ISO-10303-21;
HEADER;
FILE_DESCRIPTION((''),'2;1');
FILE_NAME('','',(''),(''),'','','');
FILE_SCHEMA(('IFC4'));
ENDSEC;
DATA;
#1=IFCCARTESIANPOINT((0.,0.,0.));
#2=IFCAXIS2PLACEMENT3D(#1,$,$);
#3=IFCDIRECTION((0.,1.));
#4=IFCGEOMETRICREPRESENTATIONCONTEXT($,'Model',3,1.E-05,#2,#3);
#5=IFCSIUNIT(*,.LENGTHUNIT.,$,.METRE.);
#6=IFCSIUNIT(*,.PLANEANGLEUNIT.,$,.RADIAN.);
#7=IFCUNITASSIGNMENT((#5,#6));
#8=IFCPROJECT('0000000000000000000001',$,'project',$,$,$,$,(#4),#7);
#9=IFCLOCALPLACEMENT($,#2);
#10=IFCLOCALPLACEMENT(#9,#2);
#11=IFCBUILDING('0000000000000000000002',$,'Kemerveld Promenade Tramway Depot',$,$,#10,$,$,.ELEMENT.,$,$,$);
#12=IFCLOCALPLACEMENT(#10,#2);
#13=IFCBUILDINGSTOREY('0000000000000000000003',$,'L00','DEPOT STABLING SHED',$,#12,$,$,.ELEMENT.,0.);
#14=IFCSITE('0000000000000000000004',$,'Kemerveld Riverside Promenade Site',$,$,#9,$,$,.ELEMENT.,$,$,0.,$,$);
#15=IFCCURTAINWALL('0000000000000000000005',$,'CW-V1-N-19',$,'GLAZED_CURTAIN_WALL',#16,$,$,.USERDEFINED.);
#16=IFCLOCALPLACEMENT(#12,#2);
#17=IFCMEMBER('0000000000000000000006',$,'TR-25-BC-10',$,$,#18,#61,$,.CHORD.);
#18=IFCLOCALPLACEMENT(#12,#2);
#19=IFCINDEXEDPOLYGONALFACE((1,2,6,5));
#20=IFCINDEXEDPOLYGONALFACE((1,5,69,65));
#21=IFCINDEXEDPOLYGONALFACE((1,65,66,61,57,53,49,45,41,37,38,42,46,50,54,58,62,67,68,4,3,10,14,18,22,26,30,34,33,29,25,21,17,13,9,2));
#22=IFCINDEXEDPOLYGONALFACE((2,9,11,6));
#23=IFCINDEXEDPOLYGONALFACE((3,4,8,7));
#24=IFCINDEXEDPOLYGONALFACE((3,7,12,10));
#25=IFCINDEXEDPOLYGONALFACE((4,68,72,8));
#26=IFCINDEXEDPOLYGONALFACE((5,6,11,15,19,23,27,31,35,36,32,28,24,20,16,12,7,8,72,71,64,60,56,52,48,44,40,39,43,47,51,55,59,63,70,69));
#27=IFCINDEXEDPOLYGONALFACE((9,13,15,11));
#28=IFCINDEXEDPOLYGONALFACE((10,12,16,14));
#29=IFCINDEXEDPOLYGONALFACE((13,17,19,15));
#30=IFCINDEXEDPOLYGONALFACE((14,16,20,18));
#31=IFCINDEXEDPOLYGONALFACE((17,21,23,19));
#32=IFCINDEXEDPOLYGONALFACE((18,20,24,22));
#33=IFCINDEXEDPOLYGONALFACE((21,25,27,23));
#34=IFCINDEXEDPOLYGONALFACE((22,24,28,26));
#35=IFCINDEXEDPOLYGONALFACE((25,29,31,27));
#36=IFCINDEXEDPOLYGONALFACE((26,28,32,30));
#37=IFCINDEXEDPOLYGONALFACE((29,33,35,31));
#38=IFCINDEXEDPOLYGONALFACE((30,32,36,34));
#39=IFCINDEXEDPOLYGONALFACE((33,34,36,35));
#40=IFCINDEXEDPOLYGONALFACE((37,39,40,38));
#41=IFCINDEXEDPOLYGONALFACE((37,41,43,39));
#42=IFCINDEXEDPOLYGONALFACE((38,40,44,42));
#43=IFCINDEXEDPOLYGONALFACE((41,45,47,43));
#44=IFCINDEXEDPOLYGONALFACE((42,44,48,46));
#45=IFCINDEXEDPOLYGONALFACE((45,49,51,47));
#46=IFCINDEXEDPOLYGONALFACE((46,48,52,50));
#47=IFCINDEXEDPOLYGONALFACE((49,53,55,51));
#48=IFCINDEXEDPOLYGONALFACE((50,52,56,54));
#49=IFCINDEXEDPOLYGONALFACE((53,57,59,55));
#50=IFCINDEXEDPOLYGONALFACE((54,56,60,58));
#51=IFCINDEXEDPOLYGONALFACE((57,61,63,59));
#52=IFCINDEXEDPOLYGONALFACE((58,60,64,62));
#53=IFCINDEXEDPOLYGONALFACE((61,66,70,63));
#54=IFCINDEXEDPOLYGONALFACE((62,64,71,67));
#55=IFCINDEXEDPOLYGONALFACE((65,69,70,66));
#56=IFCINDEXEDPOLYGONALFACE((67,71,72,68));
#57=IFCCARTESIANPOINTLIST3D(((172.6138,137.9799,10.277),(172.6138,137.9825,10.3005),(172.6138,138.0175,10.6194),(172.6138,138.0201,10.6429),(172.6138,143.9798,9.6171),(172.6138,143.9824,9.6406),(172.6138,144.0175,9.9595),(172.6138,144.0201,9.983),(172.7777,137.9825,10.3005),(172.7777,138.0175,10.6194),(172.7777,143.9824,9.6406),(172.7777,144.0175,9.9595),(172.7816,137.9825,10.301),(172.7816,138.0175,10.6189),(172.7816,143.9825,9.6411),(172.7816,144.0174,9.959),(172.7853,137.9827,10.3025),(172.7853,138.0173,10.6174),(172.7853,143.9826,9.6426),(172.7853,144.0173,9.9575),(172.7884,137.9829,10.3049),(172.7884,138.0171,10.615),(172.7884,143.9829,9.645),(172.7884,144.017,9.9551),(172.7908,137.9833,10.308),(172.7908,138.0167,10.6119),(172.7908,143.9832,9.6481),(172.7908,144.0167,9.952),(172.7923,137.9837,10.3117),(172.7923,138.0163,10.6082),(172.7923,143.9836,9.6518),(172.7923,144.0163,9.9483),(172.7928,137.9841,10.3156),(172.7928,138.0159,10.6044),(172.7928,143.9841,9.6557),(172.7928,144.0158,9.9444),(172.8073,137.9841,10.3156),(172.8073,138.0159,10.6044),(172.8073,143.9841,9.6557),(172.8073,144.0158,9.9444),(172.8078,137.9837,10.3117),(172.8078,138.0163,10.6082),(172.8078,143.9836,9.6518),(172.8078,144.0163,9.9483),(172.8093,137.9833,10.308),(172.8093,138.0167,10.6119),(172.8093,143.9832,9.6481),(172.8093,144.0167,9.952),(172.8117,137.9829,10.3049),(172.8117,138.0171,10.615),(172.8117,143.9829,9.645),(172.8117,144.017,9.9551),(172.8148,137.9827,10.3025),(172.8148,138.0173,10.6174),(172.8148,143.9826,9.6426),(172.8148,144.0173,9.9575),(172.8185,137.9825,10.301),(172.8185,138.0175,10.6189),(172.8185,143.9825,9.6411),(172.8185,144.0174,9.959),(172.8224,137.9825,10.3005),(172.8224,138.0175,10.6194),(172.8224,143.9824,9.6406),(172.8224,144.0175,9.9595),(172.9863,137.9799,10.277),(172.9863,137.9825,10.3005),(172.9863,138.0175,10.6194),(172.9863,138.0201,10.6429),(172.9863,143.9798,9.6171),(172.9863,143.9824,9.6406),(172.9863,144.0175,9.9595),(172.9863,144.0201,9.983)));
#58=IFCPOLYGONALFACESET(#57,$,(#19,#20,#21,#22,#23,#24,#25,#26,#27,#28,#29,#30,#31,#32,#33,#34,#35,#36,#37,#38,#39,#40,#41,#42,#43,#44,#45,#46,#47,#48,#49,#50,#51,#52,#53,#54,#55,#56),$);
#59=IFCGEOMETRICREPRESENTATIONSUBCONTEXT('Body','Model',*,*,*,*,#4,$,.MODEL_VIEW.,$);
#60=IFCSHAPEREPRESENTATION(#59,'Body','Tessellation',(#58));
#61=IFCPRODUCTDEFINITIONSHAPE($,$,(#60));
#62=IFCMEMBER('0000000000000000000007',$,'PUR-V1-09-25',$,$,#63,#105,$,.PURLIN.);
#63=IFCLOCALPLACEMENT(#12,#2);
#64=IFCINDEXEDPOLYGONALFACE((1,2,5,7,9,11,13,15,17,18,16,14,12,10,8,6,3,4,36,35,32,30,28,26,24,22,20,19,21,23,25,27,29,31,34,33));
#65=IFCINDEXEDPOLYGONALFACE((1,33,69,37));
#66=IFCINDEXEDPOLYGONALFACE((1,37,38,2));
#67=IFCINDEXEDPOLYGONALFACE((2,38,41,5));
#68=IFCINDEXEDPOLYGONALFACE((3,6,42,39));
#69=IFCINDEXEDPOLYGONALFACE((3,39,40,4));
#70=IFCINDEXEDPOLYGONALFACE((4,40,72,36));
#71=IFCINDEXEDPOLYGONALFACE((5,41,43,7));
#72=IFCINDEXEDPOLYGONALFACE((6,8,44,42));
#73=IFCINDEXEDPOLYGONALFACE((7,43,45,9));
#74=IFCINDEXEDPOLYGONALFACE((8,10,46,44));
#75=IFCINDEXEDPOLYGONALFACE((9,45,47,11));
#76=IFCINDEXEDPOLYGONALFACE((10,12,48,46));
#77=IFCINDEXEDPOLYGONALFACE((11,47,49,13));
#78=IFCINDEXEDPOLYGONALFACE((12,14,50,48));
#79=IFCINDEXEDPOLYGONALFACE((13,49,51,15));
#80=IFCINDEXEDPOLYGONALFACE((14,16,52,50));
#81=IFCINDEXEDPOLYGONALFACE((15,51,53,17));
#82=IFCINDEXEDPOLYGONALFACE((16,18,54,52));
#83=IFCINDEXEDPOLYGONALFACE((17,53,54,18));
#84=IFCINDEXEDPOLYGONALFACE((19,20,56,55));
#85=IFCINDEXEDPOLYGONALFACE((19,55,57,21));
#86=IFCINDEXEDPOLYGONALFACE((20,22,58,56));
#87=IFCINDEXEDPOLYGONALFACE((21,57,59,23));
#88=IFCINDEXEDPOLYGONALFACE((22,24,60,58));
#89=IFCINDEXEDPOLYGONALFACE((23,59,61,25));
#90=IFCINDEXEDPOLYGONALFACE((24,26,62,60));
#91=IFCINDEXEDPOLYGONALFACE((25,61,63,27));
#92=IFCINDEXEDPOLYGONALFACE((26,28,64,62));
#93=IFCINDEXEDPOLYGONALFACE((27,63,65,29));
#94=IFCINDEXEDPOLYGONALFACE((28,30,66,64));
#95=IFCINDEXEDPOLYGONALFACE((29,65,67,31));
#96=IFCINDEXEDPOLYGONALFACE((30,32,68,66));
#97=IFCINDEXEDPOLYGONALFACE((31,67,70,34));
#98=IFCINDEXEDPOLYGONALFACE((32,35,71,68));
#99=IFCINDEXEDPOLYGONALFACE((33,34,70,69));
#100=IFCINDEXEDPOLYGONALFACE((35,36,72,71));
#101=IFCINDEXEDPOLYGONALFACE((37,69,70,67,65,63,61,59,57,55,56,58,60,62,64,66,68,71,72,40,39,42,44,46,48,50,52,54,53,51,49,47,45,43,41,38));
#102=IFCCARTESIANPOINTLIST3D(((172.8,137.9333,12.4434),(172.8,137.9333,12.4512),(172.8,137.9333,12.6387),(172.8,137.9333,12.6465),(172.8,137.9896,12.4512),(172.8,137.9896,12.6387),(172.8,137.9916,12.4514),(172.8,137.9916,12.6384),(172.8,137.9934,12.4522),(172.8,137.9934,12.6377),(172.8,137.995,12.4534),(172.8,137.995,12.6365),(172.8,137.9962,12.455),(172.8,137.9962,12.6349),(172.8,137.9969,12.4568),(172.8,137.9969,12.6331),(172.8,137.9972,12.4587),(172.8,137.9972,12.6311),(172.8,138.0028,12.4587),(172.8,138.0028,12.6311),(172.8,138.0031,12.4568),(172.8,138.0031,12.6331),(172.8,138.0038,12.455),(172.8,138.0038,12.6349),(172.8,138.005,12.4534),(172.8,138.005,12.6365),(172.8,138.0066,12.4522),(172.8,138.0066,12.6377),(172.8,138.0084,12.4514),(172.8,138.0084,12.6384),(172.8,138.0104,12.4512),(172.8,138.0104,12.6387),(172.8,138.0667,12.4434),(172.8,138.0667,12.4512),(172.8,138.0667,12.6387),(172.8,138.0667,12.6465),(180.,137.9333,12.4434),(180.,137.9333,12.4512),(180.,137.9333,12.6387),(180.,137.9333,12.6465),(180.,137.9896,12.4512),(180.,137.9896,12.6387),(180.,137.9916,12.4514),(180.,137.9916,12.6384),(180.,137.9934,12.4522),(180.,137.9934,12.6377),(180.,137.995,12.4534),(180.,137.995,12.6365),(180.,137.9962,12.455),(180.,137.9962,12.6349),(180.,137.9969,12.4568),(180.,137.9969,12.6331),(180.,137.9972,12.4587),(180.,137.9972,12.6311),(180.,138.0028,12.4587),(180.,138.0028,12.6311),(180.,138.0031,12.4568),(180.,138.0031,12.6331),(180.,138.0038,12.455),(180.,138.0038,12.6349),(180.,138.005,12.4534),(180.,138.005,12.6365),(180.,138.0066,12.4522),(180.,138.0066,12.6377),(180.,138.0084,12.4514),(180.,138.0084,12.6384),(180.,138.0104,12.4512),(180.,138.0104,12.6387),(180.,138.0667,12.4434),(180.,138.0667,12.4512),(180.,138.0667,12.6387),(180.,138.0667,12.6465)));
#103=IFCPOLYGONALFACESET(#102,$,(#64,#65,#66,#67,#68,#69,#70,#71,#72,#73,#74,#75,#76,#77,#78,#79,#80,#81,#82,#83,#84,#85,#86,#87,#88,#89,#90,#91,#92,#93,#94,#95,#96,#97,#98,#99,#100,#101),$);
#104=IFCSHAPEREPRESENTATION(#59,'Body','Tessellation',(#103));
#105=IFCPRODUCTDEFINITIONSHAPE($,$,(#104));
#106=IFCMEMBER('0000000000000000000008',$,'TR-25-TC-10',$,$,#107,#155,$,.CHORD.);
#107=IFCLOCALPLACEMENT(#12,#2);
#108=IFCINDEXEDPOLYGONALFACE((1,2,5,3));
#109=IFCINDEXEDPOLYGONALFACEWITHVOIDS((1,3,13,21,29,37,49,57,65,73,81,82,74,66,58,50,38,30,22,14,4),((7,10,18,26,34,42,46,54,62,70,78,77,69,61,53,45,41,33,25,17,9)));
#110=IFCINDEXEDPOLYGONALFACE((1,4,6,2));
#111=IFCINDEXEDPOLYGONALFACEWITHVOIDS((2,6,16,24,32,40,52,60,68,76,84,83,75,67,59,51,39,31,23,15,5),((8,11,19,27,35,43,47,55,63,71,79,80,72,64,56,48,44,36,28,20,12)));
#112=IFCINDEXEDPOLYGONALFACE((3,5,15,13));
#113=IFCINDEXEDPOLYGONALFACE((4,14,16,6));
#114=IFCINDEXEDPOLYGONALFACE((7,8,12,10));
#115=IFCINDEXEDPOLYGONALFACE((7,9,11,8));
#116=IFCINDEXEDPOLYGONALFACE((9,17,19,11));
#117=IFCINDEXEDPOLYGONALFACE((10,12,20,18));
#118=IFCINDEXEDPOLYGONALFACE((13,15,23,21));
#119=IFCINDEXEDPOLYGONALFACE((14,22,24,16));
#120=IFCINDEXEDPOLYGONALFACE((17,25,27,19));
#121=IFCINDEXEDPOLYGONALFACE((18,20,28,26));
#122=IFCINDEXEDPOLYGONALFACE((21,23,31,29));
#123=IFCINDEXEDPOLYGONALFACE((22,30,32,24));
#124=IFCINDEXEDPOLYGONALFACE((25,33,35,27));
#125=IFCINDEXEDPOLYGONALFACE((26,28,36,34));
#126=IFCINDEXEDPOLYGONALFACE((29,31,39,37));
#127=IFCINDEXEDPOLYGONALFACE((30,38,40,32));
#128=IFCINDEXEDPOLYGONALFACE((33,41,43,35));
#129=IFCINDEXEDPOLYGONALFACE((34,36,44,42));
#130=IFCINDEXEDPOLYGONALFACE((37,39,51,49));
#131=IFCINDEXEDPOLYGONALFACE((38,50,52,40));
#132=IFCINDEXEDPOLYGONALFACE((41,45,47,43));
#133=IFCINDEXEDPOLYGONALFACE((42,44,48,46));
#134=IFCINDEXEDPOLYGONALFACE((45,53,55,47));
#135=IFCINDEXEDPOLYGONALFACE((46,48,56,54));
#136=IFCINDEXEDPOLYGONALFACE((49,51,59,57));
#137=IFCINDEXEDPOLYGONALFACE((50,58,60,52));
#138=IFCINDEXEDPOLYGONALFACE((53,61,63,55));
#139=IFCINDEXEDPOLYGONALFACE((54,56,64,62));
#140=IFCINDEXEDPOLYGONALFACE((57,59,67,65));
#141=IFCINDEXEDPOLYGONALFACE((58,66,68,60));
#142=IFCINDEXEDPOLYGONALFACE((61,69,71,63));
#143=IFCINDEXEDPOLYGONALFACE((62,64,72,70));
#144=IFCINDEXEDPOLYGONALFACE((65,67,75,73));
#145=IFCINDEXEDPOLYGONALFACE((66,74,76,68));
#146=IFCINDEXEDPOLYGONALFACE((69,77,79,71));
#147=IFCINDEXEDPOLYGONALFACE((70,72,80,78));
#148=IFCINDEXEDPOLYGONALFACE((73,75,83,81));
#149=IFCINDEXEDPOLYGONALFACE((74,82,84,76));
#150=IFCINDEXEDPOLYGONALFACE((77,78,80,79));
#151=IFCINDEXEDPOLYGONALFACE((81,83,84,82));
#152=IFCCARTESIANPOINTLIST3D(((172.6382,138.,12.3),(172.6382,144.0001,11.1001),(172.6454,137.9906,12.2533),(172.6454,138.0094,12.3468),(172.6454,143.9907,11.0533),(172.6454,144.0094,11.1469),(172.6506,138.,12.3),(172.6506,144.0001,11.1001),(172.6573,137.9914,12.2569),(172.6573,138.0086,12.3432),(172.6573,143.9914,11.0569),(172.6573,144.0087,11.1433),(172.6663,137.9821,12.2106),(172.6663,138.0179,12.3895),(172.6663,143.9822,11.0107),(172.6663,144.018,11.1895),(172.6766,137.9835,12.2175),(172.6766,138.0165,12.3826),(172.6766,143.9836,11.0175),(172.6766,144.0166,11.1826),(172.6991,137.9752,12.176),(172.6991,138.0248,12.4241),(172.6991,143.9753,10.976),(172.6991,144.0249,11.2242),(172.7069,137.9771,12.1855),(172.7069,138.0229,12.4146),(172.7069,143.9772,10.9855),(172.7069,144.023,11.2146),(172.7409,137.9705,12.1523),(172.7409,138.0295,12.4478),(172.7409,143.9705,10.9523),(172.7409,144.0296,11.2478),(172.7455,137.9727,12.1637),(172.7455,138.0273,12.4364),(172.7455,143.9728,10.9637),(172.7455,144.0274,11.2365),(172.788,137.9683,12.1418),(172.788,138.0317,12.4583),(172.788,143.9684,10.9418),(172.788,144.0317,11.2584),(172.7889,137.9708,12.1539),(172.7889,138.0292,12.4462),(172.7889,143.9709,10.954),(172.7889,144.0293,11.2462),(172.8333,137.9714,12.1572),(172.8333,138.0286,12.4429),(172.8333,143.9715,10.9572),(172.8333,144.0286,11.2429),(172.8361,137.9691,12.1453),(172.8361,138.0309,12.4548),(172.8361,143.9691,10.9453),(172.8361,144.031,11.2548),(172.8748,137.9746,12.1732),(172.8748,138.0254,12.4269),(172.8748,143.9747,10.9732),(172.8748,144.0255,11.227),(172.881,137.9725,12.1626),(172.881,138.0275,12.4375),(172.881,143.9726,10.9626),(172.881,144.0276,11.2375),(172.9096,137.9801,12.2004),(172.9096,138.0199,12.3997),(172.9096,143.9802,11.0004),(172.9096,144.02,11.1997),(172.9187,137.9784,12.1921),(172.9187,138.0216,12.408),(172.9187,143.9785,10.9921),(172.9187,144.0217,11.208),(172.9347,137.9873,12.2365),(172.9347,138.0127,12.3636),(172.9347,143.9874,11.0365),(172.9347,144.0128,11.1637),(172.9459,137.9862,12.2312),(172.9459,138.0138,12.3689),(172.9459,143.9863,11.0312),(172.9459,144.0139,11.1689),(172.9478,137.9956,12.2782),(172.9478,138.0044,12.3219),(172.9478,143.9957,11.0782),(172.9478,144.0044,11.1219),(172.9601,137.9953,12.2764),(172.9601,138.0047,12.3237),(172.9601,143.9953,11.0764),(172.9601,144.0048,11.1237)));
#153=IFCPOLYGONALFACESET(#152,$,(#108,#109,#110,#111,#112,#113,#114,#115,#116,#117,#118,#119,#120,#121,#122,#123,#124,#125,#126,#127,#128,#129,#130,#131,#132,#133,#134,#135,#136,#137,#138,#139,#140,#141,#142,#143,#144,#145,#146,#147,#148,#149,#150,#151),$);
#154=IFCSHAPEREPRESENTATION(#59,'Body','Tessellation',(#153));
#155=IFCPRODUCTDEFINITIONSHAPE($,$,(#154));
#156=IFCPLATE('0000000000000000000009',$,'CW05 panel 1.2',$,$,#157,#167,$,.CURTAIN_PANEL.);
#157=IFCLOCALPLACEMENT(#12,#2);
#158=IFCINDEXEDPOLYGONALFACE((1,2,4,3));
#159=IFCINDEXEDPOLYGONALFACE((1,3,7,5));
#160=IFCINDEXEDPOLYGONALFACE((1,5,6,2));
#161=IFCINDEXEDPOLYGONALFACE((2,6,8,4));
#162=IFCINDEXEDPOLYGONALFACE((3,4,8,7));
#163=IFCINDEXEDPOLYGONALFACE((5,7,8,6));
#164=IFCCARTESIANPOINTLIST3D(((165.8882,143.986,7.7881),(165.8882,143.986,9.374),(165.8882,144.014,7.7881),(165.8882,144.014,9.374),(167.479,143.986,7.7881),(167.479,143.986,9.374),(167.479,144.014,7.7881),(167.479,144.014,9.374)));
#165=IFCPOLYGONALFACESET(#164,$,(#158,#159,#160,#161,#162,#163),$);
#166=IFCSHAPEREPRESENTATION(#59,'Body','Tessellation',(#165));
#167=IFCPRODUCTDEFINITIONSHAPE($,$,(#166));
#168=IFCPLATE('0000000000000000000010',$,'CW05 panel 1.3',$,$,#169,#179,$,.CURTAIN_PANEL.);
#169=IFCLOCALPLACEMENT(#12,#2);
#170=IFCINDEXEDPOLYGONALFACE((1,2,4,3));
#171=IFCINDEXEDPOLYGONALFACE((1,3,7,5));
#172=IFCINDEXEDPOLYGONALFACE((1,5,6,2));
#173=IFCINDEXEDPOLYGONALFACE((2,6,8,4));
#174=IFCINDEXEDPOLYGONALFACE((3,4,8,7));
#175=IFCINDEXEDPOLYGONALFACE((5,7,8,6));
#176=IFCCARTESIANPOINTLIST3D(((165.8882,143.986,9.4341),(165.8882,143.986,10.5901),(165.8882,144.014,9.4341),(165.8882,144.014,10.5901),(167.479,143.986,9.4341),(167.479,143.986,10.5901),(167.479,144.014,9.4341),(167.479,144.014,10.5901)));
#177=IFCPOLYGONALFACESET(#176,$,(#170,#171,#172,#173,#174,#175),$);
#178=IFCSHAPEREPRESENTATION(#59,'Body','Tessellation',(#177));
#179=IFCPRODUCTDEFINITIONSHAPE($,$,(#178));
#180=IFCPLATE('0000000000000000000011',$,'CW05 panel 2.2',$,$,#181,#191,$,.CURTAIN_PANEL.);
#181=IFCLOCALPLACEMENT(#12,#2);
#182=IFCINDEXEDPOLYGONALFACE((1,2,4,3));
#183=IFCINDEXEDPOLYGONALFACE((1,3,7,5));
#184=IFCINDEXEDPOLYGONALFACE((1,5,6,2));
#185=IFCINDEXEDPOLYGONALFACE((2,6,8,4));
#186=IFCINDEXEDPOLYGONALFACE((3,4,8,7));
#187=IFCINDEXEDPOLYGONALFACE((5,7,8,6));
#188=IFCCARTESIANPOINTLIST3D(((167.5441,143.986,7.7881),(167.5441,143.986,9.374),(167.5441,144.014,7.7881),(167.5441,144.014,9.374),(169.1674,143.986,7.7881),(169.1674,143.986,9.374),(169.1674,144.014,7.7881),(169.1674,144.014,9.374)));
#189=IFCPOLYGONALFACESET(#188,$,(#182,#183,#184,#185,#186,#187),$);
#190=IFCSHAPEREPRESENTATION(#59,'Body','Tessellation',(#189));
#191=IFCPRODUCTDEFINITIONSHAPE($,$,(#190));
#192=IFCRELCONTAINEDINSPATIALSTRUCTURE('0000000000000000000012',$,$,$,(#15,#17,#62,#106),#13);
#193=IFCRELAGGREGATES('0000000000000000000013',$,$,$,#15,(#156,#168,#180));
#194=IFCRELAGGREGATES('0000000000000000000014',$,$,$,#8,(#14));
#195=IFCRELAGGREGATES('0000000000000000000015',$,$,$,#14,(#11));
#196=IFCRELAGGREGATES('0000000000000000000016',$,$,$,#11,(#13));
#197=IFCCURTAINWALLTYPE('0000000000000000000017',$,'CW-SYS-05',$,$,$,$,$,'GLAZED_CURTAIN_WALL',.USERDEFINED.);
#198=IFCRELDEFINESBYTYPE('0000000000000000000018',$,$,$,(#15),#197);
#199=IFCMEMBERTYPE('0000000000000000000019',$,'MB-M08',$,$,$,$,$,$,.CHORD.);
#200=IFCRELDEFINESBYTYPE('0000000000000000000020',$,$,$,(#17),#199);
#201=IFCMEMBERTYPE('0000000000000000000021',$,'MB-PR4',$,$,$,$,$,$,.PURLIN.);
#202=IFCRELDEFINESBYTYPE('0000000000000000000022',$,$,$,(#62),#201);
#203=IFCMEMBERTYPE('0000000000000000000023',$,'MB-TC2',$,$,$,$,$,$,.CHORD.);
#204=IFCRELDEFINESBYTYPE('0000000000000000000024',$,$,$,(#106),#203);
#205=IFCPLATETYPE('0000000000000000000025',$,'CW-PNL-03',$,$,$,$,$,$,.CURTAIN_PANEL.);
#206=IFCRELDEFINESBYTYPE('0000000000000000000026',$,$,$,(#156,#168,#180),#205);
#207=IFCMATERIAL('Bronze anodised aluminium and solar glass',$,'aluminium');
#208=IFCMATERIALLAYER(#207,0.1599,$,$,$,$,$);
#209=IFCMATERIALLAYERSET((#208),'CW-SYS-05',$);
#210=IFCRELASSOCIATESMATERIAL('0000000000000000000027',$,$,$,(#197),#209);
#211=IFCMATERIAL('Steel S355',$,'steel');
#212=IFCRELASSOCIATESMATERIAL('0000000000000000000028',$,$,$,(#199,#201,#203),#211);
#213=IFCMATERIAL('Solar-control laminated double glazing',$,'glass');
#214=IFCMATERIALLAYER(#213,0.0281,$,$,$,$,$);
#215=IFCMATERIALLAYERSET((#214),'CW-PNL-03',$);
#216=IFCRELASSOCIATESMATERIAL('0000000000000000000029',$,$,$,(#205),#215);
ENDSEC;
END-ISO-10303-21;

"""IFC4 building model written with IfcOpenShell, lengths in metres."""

from ifc_helpers import new_model, si_unit, direction, frame, origin, origin_2d, place, context, subcontext, project, spatial, rectangle, hollow_circle, i_section, extrude, material, layer, layer_set, material_profile, profile_set, type_object, element, aggregate, save


model = new_model("IFC4")

# Units and contexts
model_context = context("Model", 3, precision=1e-05, world=origin(), true_north=direction((0.0, 1.0)))
body_context = subcontext(model_context, "Body", "Model", "MODEL_VIEW")
ifc_project = project(units=[si_unit("LENGTHUNIT", "METRE"), si_unit("PLANEANGLEUNIT", "RADIAN")], contexts=[model_context])

# Site, building, storey
site_placement = place(None, origin())
site = spatial("IfcSite", under=ifc_project, at=site_placement, Name="Kemerveld Riverside Promenade Site", CompositionType="ELEMENT", RefElevation=0.0)
building_placement = place(site_placement, origin())
building = spatial("IfcBuilding", under=site, at=building_placement, Name="Kemerveld Promenade Tramway Depot", CompositionType="ELEMENT")
storey_placement = place(building_placement, origin())
storey = spatial("IfcBuildingStorey", under=building, at=storey_placement, Name="L00", Description="DEPOT STABLING SHED", CompositionType="ELEMENT", Elevation=0.0)

# Shared definitions
ifc_material_1 = material(Name="Steel S355", Category="steel")

# Curtain wall
ifc_material_2 = material(Name="Bronze anodised aluminium and solar glass", Category="aluminium")
ifc_layer_1 = layer(ifc_material_2, 0.1599)
ifc_layer_set_1 = layer_set([ifc_layer_1], Name="CW-SYS-05")
curtain_wall_type_1 = type_object("IfcCurtainWallType", Name="CW-SYS-05", ElementType="GLAZED_CURTAIN_WALL", PredefinedType="USERDEFINED", material=ifc_layer_set_1)
curtain_wall_1_placement = place(storey_placement, origin())
curtain_wall_1 = element("IfcCurtainWall", 1, at=curtain_wall_1_placement, inside=storey, type_object=curtain_wall_type_1, Name="CW-V1-N-19", ObjectType="GLAZED_CURTAIN_WALL", PredefinedType="USERDEFINED")

# Members
ifc_material_profile_1 = material_profile(ifc_material_1, i_section(OverallWidth=0.3726, OverallDepth=0.3682, WebThickness=0.0144, FlangeThickness=0.0237, FilletRadius=0.0151, at=origin_2d()), Name="356x368x177 UC")
ifc_profile_set_1 = profile_set([ifc_material_profile_1], Name="Steel S355")
member_type_1 = type_object("IfcMemberType", Name="MB-M08", PredefinedType="CHORD", material=ifc_profile_set_1)
member_1_placement = place(storey_placement, frame((172.8, 138.0, 10.46), z_axis=(0.0, 0.994006, -0.109326), x_axis=(-1.0, 0.0, 0.0)))
element("IfcMember", 2, at=member_1_placement, inside=storey, type_object=member_type_1, Name="TR-25-BC-10", PredefinedType="CHORD", context=body_context, shape_type="SweptSolid", body=[
    extrude(i_section(OverallWidth=0.3726, OverallDepth=0.3682, WebThickness=0.0144, FlangeThickness=0.0237, FilletRadius=0.0151, at=origin_2d()), origin(), (0.0, 0.0, 1.0), 6.0361),
])
ifc_material_profile_2 = material_profile(ifc_material_1, i_section(OverallWidth=0.1333, OverallDepth=0.2031, WebThickness=0.0056, FlangeThickness=0.0078, FilletRadius=0.0076, at=origin_2d()), Name="203x133x25 UB")
ifc_profile_set_2 = profile_set([ifc_material_profile_2], Name="Steel S355")
member_type_2 = type_object("IfcMemberType", Name="MB-PR4", PredefinedType="PURLIN", material=ifc_profile_set_2)
member_2_placement = place(storey_placement, frame((172.8, 138.0, 12.5449), z_axis=(1.0, 0.0, 0.0), x_axis=(0.0, 1.0, 0.0)))
element("IfcMember", 3, at=member_2_placement, inside=storey, type_object=member_type_2, Name="PUR-V1-09-25", PredefinedType="PURLIN", context=body_context, shape_type="SweptSolid", body=[
    extrude(i_section(OverallWidth=0.1333, OverallDepth=0.2031, WebThickness=0.0056, FlangeThickness=0.0078, FilletRadius=0.0076, at=origin_2d()), origin(), (0.0, 0.0, 1.0), 7.2),
])
ifc_material_profile_3 = material_profile(ifc_material_1, hollow_circle(Radius=0.1619, WallThickness=0.0125, at=origin_2d()), Name="323.9x12.5 CHS")
ifc_profile_set_3 = profile_set([ifc_material_profile_3], Name="Steel S355")
member_type_3 = type_object("IfcMemberType", Name="MB-TC2", PredefinedType="CHORD", material=ifc_profile_set_3)
member_3_placement = place(storey_placement, frame((172.8, 138.0, 12.3), z_axis=(0.0, 0.980582, -0.196108), x_axis=(-1.0, 0.0, 0.0)))
element("IfcMember", 4, at=member_3_placement, inside=storey, type_object=member_type_3, Name="TR-25-TC-10", PredefinedType="CHORD", context=body_context, shape_type="SweptSolid", body=[
    extrude(hollow_circle(Radius=0.1619, WallThickness=0.0125, at=origin_2d()), origin(), (0.0, 0.0, 1.0), 6.1189),
])

# Plates
ifc_material_3 = material(Name="Solar-control laminated double glazing", Category="glass")
ifc_layer_2 = layer(ifc_material_3, 0.0281)
ifc_layer_set_2 = layer_set([ifc_layer_2], Name="CW-PNL-03")
plate_type_1 = type_object("IfcPlateType", Name="CW-PNL-03", PredefinedType="CURTAIN_PANEL", material=ifc_layer_set_2)
plate_1_placement = place(storey_placement, frame((166.6836, 144.0, 7.7881), z_axis=(0.0, 0.0, 1.0), x_axis=(1.0, 0.0, 0.0)))
plate_1 = element("IfcPlate", 5, at=plate_1_placement, type_object=plate_type_1, Name="CW05 panel 1.2", PredefinedType="CURTAIN_PANEL", context=body_context, shape_type="SweptSolid", body=[
    extrude(rectangle(XDim=1.5908, YDim=0.0281, at=origin_2d()), origin(), (0.0, 0.0, 1.0), 1.5859),
])
plate_2_placement = place(storey_placement, frame((166.6836, 144.0, 9.4341), z_axis=(0.0, 0.0, 1.0), x_axis=(1.0, 0.0, 0.0)))
plate_2 = element("IfcPlate", 6, at=plate_2_placement, type_object=plate_type_1, Name="CW05 panel 1.3", PredefinedType="CURTAIN_PANEL", context=body_context, shape_type="SweptSolid", body=[
    extrude(rectangle(XDim=1.5908, YDim=0.0281, at=origin_2d()), origin(), (0.0, 0.0, 1.0), 1.156),
])
plate_3_placement = place(storey_placement, frame((168.3557, 144.0, 7.7881), z_axis=(0.0, 0.0, 1.0), x_axis=(1.0, 0.0, 0.0)))
plate_3 = element("IfcPlate", 7, at=plate_3_placement, type_object=plate_type_1, Name="CW05 panel 2.2", PredefinedType="CURTAIN_PANEL", context=body_context, shape_type="SweptSolid", body=[
    extrude(rectangle(XDim=1.6233, YDim=0.0281, at=origin_2d()), origin(), (0.0, 0.0, 1.0), 1.5859),
])
aggregate(curtain_wall_1, [plate_1, plate_2, plate_3])

save(model, "model.ifc")
